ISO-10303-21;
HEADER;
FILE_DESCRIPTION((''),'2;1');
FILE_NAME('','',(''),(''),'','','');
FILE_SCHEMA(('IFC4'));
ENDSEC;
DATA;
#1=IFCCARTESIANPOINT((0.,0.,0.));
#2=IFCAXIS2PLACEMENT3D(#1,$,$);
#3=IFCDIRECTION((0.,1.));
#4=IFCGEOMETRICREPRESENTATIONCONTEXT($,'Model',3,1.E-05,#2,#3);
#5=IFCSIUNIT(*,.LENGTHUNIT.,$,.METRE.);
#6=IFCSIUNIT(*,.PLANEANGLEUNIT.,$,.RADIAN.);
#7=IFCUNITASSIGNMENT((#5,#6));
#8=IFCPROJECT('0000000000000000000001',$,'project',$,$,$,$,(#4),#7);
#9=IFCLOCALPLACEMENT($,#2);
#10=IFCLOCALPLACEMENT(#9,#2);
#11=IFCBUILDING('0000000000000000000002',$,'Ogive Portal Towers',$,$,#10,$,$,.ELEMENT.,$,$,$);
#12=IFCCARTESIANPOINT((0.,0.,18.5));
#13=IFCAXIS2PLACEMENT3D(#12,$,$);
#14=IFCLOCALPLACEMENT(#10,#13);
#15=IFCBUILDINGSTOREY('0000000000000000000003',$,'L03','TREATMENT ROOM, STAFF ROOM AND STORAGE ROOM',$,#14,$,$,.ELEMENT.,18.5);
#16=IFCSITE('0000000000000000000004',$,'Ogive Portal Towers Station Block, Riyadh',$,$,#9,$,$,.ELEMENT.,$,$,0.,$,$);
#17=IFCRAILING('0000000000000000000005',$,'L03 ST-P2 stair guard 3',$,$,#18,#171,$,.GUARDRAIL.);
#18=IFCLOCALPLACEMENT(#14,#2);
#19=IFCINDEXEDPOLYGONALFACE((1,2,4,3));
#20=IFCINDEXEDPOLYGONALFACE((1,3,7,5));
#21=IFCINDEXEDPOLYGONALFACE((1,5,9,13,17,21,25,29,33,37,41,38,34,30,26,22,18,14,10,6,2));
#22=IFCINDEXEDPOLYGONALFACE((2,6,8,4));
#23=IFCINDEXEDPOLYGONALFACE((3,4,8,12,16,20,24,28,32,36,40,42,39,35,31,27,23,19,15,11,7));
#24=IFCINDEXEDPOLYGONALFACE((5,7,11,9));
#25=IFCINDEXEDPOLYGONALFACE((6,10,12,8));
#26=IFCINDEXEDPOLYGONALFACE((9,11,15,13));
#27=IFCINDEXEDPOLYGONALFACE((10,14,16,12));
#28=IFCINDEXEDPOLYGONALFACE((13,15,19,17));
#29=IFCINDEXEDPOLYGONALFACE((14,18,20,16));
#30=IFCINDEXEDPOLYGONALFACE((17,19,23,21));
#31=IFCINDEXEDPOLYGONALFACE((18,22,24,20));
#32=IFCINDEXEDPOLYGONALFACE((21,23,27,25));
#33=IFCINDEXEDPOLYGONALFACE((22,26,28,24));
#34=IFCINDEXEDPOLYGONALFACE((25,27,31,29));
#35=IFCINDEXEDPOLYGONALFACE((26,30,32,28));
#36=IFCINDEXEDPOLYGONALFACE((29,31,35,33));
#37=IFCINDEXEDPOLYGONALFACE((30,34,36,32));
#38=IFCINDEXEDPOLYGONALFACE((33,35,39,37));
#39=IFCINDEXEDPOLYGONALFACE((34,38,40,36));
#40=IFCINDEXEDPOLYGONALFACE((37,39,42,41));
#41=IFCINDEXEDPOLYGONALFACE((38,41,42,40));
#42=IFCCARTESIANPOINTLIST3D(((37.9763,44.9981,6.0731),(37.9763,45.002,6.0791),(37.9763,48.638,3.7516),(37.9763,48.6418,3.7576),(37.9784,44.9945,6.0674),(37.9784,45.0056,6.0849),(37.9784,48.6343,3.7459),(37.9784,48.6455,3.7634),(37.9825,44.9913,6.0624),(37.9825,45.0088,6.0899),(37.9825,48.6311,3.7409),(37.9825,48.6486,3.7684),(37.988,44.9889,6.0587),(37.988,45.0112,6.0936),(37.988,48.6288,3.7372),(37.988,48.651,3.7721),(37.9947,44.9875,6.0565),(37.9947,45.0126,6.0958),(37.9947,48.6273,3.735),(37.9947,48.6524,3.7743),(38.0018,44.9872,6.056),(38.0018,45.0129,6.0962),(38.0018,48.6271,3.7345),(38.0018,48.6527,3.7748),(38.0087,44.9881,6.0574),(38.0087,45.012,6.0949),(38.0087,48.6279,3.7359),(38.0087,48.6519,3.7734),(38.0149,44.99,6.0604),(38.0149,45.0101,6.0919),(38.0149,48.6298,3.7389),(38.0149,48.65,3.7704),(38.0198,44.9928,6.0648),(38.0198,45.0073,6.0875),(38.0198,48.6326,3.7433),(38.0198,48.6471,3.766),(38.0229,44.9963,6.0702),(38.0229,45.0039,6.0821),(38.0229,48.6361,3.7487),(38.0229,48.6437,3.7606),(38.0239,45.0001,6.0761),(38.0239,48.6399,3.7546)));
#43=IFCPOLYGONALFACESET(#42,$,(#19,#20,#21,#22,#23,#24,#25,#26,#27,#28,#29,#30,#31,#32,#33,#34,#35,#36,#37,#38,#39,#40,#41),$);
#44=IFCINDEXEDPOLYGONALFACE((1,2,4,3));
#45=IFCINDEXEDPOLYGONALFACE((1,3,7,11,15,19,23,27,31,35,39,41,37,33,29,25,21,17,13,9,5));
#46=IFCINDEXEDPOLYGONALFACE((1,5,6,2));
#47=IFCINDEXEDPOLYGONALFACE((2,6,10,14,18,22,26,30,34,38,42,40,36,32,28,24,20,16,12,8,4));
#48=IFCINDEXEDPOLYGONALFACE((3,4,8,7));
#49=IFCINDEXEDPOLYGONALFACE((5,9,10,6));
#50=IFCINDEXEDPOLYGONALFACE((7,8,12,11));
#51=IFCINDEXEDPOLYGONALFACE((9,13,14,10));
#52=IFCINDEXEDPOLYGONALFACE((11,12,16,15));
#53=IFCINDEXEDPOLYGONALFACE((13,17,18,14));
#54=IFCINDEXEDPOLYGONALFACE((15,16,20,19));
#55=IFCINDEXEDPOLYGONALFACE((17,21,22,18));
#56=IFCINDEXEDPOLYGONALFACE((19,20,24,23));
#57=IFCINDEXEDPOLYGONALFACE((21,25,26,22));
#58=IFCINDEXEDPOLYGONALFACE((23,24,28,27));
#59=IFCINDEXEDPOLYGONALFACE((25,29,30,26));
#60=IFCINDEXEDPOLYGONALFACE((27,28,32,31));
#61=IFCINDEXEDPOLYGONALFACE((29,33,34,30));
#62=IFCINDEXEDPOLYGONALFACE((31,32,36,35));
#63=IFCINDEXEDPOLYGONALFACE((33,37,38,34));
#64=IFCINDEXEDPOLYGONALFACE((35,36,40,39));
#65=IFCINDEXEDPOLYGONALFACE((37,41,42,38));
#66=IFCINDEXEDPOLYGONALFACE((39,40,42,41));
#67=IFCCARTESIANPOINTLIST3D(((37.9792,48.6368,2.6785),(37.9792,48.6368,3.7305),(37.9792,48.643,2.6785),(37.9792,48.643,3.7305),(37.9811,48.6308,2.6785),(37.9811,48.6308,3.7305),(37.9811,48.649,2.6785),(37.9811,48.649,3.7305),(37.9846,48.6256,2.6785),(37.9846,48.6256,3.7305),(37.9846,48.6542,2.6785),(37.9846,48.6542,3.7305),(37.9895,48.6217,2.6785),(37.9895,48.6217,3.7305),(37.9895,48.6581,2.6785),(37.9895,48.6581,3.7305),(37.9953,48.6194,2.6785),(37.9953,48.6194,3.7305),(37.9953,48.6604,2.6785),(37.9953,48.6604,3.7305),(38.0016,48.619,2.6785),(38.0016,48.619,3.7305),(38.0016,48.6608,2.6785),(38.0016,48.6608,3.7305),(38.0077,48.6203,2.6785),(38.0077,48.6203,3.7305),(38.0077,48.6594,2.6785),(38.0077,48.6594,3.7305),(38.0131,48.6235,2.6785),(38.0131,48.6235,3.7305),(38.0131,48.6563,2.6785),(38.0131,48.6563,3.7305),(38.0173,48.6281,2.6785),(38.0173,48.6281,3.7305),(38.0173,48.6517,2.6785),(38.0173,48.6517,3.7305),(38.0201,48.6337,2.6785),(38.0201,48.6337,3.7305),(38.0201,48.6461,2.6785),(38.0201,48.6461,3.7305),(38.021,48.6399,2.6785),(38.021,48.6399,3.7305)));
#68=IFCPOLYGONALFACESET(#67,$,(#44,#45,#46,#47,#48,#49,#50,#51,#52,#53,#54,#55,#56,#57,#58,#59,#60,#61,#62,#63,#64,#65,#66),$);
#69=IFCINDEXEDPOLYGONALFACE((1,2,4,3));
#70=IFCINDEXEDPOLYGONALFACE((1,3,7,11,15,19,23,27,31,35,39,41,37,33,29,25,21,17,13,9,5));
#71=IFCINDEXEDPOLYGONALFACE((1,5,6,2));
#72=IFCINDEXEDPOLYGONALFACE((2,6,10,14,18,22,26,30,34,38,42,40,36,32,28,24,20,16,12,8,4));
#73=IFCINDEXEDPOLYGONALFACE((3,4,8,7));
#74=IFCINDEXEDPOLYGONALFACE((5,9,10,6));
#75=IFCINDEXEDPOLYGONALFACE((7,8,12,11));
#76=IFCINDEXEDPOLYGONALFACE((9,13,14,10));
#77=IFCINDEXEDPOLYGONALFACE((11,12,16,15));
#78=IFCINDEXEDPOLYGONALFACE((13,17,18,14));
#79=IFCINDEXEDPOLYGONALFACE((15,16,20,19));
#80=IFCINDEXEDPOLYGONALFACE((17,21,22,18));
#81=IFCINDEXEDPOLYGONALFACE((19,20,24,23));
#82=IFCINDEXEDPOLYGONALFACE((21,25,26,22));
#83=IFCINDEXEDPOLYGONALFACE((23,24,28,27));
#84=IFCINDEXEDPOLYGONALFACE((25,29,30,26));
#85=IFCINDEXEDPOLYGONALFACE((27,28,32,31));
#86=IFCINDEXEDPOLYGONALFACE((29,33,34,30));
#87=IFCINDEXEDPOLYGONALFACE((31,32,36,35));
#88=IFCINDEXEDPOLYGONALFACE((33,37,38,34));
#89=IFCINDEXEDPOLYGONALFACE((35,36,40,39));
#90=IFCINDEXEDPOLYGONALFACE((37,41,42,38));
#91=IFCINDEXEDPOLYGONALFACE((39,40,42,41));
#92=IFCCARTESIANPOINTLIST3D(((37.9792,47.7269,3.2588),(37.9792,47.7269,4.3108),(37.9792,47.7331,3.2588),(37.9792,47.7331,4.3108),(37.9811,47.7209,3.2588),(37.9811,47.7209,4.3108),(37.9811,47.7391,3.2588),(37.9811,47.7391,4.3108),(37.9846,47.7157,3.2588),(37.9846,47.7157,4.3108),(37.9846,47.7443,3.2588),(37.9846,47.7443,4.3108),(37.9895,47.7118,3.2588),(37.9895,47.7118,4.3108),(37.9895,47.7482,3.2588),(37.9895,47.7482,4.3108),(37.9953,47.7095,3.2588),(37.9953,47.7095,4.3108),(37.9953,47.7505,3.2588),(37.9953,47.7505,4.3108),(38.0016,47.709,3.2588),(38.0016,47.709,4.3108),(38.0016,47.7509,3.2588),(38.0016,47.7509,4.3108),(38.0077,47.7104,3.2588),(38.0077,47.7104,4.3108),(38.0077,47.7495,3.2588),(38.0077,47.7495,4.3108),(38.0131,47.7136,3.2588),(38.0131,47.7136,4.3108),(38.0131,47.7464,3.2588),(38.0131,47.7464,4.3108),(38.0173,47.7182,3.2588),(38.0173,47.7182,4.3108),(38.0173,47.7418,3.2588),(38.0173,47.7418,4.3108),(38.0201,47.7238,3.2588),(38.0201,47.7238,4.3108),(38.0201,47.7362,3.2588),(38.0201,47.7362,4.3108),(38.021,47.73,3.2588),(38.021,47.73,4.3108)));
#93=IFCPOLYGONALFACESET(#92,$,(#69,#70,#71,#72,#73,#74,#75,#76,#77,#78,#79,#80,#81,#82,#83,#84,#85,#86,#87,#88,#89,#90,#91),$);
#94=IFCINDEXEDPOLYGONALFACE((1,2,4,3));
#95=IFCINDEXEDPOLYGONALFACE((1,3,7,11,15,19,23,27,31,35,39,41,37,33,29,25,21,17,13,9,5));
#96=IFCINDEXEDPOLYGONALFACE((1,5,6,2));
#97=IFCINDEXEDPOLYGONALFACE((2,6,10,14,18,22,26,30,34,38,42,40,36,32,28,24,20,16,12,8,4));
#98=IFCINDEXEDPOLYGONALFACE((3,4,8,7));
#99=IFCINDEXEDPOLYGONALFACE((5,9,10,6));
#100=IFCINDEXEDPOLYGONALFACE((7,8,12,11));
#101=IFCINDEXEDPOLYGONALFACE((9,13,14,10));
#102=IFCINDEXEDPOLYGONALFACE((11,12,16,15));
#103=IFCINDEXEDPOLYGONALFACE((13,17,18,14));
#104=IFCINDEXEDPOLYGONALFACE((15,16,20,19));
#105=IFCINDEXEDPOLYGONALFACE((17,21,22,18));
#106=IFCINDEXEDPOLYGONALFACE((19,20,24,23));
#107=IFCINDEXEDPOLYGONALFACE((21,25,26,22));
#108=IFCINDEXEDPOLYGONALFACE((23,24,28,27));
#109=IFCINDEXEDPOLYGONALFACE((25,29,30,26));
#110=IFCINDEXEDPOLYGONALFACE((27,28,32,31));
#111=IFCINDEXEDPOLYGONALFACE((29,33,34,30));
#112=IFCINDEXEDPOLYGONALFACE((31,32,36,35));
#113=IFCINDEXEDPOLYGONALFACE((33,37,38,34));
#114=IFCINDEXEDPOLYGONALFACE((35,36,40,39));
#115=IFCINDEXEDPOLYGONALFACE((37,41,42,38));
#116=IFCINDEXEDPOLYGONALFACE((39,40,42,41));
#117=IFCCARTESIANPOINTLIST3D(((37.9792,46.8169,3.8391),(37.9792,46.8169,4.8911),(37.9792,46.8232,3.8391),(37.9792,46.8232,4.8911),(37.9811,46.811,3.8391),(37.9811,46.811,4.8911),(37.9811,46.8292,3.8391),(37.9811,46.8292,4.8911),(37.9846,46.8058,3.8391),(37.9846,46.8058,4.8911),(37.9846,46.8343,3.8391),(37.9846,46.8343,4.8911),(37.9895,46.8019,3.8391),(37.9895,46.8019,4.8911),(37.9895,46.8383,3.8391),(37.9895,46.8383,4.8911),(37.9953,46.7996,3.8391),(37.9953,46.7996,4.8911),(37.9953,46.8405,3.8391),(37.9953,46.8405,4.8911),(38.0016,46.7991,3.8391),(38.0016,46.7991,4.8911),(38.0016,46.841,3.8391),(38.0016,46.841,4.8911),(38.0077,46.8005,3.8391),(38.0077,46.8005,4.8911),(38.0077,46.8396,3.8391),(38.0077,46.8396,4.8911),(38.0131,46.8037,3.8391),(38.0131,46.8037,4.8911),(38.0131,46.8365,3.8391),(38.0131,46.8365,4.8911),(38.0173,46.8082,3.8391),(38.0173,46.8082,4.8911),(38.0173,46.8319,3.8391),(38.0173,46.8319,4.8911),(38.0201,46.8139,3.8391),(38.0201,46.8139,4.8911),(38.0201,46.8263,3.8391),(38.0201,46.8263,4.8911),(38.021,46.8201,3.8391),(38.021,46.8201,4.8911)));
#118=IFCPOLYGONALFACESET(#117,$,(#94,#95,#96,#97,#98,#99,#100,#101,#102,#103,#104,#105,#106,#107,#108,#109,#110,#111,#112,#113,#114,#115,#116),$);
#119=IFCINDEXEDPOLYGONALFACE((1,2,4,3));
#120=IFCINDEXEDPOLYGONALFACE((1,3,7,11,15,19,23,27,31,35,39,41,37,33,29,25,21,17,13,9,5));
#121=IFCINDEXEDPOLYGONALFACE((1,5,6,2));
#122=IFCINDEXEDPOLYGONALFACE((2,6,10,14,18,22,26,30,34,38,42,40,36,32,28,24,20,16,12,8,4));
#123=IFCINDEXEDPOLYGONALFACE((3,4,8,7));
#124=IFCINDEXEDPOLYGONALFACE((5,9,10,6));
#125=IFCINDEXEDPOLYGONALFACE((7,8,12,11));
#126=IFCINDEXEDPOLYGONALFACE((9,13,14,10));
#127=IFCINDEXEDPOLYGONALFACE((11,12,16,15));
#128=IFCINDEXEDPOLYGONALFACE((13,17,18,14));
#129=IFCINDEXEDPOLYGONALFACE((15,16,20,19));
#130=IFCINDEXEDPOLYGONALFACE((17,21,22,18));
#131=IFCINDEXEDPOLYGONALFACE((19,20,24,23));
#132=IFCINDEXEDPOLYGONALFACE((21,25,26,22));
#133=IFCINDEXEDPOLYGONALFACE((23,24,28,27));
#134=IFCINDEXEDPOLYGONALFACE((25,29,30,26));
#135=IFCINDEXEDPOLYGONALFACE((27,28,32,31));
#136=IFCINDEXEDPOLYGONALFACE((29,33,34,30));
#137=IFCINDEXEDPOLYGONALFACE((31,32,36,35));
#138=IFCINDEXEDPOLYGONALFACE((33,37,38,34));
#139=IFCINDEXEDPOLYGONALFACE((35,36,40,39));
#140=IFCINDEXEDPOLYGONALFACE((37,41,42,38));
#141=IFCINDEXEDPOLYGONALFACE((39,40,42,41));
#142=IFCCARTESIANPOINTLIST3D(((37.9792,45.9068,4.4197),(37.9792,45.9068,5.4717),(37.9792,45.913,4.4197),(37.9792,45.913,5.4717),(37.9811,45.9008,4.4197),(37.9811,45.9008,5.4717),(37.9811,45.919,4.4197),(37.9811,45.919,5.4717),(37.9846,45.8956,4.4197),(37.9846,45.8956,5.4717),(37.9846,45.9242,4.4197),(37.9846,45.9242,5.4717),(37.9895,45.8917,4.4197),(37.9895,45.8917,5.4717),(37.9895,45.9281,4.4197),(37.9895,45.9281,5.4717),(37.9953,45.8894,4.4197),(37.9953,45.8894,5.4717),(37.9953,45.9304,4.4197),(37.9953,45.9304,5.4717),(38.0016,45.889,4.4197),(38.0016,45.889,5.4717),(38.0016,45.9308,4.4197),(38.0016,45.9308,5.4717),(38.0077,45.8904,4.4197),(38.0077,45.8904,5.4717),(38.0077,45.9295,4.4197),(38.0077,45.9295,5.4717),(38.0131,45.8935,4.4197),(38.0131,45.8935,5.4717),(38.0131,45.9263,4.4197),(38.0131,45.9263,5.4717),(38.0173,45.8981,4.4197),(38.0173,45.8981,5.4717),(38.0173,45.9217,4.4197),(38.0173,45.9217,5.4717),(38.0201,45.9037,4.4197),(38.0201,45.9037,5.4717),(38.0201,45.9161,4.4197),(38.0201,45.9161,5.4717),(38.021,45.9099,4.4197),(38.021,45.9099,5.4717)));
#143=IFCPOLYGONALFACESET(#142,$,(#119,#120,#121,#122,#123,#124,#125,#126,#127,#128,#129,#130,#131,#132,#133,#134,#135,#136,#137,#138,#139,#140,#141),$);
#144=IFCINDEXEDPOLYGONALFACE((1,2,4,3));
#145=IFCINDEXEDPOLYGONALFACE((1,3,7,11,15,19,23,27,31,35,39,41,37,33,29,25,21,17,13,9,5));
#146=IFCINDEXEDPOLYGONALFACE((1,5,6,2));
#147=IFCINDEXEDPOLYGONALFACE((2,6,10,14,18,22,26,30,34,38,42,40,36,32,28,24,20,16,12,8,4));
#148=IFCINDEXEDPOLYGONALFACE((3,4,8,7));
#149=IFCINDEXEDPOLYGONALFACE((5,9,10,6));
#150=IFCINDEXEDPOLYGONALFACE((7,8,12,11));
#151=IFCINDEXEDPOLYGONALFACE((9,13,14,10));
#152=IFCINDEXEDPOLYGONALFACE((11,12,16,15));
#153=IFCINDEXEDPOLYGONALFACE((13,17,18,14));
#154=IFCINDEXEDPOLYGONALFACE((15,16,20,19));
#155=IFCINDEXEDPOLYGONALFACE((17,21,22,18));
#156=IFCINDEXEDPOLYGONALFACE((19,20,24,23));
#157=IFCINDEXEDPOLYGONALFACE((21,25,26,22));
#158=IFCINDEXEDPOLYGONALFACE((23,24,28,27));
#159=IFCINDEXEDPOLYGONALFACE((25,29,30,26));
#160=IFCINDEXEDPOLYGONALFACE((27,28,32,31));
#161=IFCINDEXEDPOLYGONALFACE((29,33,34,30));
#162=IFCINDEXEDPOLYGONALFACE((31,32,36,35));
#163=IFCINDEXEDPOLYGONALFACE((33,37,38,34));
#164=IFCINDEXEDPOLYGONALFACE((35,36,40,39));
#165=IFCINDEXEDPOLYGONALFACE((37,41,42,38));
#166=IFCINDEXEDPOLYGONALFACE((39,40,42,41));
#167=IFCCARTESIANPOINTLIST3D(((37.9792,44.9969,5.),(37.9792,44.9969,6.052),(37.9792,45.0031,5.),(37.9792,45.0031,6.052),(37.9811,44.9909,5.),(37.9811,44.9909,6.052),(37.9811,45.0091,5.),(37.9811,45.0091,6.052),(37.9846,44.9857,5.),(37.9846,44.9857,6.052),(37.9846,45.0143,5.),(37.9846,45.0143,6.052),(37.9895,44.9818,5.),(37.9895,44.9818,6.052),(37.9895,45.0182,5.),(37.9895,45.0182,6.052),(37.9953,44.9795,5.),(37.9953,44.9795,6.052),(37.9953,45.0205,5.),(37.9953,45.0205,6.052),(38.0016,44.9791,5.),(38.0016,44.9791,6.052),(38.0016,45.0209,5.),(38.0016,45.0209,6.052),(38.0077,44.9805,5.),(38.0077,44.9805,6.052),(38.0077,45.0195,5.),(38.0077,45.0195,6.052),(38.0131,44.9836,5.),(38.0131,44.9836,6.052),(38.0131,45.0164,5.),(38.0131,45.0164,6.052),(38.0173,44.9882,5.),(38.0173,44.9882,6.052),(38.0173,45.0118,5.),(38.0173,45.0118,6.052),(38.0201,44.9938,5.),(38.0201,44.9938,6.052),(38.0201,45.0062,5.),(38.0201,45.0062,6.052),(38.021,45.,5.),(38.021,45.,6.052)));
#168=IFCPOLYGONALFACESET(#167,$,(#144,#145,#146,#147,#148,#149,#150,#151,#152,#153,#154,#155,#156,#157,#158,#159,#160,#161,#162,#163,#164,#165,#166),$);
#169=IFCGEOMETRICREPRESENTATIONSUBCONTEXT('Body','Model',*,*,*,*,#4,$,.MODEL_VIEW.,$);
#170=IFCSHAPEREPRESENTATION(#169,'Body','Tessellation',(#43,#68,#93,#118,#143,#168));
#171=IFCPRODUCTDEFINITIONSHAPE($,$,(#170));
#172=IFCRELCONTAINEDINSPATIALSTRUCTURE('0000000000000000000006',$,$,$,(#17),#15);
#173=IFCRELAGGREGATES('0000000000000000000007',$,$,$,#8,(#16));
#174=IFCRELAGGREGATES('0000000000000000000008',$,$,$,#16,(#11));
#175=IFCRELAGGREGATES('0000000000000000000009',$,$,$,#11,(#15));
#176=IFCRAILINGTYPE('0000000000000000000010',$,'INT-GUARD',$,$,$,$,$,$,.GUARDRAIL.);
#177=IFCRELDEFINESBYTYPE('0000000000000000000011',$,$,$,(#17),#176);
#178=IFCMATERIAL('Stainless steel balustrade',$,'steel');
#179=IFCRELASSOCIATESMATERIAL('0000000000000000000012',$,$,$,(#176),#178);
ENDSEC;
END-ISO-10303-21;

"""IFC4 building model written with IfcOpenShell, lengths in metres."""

from ifc_helpers import new_model, si_unit, direction, frame, origin, origin_2d, place, context, subcontext, project, spatial, circle, extrude, material, type_object, element, save


model = new_model("IFC4")

# Units and contexts
model_context = context("Model", 3, precision=1e-05, world=origin(), true_north=direction((0.0, 1.0)))
body_context = subcontext(model_context, "Body", "Model", "MODEL_VIEW")
ifc_project = project(units=[si_unit("LENGTHUNIT", "METRE"), si_unit("PLANEANGLEUNIT", "RADIAN")], contexts=[model_context])

# Site, building, storey
site_placement = place(None, origin())
site = spatial("IfcSite", under=ifc_project, at=site_placement, Name="Ogive Portal Towers Station Block, Riyadh", CompositionType="ELEMENT", RefElevation=0.0)
building_placement = place(site_placement, origin())
building = spatial("IfcBuilding", under=site, at=building_placement, Name="Ogive Portal Towers", CompositionType="ELEMENT")
storey_placement = place(building_placement, frame((0.0, 0.0, 18.5)))
storey = spatial("IfcBuildingStorey", under=building, at=storey_placement, Name="L03", Description="TREATMENT ROOM, STAFF ROOM AND STORAGE ROOM", CompositionType="ELEMENT", Elevation=18.5)

# Railing
ifc_material_1 = material(Name="Stainless steel balustrade", Category="steel")
railing_type_1 = type_object("IfcRailingType", Name="INT-GUARD", PredefinedType="GUARDRAIL", material=ifc_material_1)
railing_1_placement = place(storey_placement, frame((38.0, 48.6399, 2.6785)))
element("IfcRailing", 1, at=railing_1_placement, inside=storey, type_object=railing_type_1, Name="L03 ST-P2 stair guard 3", PredefinedType="GUARDRAIL", context=body_context, shape_type="SweptSolid", body=[
    extrude(circle(Radius=0.0239, at=origin_2d()), frame((0.0, 0.0, 1.0762), z_axis=(0.0, -0.843112, 0.537739), x_axis=(1.0, 0.0, 0.0)), (0.0, 0.0, 1.0), 4.3171),
    extrude(circle(Radius=0.021, at=origin_2d()), origin(), (0.0, 0.0, 1.0), 1.052),
    extrude(circle(Radius=0.021, at=origin_2d()), frame((0.0, -0.9099, 0.5803)), (0.0, 0.0, 1.0), 1.052),
    extrude(circle(Radius=0.021, at=origin_2d()), frame((0.0, -1.8198, 1.1606)), (0.0, 0.0, 1.0), 1.052),
    extrude(circle(Radius=0.021, at=origin_2d()), frame((0.0, -2.73, 1.7412)), (0.0, 0.0, 1.0), 1.052),
    extrude(circle(Radius=0.021, at=origin_2d()), frame((0.0, -3.6399, 2.3215)), (0.0, 0.0, 1.0), 1.052),
])

save(model, "model.ifc")
